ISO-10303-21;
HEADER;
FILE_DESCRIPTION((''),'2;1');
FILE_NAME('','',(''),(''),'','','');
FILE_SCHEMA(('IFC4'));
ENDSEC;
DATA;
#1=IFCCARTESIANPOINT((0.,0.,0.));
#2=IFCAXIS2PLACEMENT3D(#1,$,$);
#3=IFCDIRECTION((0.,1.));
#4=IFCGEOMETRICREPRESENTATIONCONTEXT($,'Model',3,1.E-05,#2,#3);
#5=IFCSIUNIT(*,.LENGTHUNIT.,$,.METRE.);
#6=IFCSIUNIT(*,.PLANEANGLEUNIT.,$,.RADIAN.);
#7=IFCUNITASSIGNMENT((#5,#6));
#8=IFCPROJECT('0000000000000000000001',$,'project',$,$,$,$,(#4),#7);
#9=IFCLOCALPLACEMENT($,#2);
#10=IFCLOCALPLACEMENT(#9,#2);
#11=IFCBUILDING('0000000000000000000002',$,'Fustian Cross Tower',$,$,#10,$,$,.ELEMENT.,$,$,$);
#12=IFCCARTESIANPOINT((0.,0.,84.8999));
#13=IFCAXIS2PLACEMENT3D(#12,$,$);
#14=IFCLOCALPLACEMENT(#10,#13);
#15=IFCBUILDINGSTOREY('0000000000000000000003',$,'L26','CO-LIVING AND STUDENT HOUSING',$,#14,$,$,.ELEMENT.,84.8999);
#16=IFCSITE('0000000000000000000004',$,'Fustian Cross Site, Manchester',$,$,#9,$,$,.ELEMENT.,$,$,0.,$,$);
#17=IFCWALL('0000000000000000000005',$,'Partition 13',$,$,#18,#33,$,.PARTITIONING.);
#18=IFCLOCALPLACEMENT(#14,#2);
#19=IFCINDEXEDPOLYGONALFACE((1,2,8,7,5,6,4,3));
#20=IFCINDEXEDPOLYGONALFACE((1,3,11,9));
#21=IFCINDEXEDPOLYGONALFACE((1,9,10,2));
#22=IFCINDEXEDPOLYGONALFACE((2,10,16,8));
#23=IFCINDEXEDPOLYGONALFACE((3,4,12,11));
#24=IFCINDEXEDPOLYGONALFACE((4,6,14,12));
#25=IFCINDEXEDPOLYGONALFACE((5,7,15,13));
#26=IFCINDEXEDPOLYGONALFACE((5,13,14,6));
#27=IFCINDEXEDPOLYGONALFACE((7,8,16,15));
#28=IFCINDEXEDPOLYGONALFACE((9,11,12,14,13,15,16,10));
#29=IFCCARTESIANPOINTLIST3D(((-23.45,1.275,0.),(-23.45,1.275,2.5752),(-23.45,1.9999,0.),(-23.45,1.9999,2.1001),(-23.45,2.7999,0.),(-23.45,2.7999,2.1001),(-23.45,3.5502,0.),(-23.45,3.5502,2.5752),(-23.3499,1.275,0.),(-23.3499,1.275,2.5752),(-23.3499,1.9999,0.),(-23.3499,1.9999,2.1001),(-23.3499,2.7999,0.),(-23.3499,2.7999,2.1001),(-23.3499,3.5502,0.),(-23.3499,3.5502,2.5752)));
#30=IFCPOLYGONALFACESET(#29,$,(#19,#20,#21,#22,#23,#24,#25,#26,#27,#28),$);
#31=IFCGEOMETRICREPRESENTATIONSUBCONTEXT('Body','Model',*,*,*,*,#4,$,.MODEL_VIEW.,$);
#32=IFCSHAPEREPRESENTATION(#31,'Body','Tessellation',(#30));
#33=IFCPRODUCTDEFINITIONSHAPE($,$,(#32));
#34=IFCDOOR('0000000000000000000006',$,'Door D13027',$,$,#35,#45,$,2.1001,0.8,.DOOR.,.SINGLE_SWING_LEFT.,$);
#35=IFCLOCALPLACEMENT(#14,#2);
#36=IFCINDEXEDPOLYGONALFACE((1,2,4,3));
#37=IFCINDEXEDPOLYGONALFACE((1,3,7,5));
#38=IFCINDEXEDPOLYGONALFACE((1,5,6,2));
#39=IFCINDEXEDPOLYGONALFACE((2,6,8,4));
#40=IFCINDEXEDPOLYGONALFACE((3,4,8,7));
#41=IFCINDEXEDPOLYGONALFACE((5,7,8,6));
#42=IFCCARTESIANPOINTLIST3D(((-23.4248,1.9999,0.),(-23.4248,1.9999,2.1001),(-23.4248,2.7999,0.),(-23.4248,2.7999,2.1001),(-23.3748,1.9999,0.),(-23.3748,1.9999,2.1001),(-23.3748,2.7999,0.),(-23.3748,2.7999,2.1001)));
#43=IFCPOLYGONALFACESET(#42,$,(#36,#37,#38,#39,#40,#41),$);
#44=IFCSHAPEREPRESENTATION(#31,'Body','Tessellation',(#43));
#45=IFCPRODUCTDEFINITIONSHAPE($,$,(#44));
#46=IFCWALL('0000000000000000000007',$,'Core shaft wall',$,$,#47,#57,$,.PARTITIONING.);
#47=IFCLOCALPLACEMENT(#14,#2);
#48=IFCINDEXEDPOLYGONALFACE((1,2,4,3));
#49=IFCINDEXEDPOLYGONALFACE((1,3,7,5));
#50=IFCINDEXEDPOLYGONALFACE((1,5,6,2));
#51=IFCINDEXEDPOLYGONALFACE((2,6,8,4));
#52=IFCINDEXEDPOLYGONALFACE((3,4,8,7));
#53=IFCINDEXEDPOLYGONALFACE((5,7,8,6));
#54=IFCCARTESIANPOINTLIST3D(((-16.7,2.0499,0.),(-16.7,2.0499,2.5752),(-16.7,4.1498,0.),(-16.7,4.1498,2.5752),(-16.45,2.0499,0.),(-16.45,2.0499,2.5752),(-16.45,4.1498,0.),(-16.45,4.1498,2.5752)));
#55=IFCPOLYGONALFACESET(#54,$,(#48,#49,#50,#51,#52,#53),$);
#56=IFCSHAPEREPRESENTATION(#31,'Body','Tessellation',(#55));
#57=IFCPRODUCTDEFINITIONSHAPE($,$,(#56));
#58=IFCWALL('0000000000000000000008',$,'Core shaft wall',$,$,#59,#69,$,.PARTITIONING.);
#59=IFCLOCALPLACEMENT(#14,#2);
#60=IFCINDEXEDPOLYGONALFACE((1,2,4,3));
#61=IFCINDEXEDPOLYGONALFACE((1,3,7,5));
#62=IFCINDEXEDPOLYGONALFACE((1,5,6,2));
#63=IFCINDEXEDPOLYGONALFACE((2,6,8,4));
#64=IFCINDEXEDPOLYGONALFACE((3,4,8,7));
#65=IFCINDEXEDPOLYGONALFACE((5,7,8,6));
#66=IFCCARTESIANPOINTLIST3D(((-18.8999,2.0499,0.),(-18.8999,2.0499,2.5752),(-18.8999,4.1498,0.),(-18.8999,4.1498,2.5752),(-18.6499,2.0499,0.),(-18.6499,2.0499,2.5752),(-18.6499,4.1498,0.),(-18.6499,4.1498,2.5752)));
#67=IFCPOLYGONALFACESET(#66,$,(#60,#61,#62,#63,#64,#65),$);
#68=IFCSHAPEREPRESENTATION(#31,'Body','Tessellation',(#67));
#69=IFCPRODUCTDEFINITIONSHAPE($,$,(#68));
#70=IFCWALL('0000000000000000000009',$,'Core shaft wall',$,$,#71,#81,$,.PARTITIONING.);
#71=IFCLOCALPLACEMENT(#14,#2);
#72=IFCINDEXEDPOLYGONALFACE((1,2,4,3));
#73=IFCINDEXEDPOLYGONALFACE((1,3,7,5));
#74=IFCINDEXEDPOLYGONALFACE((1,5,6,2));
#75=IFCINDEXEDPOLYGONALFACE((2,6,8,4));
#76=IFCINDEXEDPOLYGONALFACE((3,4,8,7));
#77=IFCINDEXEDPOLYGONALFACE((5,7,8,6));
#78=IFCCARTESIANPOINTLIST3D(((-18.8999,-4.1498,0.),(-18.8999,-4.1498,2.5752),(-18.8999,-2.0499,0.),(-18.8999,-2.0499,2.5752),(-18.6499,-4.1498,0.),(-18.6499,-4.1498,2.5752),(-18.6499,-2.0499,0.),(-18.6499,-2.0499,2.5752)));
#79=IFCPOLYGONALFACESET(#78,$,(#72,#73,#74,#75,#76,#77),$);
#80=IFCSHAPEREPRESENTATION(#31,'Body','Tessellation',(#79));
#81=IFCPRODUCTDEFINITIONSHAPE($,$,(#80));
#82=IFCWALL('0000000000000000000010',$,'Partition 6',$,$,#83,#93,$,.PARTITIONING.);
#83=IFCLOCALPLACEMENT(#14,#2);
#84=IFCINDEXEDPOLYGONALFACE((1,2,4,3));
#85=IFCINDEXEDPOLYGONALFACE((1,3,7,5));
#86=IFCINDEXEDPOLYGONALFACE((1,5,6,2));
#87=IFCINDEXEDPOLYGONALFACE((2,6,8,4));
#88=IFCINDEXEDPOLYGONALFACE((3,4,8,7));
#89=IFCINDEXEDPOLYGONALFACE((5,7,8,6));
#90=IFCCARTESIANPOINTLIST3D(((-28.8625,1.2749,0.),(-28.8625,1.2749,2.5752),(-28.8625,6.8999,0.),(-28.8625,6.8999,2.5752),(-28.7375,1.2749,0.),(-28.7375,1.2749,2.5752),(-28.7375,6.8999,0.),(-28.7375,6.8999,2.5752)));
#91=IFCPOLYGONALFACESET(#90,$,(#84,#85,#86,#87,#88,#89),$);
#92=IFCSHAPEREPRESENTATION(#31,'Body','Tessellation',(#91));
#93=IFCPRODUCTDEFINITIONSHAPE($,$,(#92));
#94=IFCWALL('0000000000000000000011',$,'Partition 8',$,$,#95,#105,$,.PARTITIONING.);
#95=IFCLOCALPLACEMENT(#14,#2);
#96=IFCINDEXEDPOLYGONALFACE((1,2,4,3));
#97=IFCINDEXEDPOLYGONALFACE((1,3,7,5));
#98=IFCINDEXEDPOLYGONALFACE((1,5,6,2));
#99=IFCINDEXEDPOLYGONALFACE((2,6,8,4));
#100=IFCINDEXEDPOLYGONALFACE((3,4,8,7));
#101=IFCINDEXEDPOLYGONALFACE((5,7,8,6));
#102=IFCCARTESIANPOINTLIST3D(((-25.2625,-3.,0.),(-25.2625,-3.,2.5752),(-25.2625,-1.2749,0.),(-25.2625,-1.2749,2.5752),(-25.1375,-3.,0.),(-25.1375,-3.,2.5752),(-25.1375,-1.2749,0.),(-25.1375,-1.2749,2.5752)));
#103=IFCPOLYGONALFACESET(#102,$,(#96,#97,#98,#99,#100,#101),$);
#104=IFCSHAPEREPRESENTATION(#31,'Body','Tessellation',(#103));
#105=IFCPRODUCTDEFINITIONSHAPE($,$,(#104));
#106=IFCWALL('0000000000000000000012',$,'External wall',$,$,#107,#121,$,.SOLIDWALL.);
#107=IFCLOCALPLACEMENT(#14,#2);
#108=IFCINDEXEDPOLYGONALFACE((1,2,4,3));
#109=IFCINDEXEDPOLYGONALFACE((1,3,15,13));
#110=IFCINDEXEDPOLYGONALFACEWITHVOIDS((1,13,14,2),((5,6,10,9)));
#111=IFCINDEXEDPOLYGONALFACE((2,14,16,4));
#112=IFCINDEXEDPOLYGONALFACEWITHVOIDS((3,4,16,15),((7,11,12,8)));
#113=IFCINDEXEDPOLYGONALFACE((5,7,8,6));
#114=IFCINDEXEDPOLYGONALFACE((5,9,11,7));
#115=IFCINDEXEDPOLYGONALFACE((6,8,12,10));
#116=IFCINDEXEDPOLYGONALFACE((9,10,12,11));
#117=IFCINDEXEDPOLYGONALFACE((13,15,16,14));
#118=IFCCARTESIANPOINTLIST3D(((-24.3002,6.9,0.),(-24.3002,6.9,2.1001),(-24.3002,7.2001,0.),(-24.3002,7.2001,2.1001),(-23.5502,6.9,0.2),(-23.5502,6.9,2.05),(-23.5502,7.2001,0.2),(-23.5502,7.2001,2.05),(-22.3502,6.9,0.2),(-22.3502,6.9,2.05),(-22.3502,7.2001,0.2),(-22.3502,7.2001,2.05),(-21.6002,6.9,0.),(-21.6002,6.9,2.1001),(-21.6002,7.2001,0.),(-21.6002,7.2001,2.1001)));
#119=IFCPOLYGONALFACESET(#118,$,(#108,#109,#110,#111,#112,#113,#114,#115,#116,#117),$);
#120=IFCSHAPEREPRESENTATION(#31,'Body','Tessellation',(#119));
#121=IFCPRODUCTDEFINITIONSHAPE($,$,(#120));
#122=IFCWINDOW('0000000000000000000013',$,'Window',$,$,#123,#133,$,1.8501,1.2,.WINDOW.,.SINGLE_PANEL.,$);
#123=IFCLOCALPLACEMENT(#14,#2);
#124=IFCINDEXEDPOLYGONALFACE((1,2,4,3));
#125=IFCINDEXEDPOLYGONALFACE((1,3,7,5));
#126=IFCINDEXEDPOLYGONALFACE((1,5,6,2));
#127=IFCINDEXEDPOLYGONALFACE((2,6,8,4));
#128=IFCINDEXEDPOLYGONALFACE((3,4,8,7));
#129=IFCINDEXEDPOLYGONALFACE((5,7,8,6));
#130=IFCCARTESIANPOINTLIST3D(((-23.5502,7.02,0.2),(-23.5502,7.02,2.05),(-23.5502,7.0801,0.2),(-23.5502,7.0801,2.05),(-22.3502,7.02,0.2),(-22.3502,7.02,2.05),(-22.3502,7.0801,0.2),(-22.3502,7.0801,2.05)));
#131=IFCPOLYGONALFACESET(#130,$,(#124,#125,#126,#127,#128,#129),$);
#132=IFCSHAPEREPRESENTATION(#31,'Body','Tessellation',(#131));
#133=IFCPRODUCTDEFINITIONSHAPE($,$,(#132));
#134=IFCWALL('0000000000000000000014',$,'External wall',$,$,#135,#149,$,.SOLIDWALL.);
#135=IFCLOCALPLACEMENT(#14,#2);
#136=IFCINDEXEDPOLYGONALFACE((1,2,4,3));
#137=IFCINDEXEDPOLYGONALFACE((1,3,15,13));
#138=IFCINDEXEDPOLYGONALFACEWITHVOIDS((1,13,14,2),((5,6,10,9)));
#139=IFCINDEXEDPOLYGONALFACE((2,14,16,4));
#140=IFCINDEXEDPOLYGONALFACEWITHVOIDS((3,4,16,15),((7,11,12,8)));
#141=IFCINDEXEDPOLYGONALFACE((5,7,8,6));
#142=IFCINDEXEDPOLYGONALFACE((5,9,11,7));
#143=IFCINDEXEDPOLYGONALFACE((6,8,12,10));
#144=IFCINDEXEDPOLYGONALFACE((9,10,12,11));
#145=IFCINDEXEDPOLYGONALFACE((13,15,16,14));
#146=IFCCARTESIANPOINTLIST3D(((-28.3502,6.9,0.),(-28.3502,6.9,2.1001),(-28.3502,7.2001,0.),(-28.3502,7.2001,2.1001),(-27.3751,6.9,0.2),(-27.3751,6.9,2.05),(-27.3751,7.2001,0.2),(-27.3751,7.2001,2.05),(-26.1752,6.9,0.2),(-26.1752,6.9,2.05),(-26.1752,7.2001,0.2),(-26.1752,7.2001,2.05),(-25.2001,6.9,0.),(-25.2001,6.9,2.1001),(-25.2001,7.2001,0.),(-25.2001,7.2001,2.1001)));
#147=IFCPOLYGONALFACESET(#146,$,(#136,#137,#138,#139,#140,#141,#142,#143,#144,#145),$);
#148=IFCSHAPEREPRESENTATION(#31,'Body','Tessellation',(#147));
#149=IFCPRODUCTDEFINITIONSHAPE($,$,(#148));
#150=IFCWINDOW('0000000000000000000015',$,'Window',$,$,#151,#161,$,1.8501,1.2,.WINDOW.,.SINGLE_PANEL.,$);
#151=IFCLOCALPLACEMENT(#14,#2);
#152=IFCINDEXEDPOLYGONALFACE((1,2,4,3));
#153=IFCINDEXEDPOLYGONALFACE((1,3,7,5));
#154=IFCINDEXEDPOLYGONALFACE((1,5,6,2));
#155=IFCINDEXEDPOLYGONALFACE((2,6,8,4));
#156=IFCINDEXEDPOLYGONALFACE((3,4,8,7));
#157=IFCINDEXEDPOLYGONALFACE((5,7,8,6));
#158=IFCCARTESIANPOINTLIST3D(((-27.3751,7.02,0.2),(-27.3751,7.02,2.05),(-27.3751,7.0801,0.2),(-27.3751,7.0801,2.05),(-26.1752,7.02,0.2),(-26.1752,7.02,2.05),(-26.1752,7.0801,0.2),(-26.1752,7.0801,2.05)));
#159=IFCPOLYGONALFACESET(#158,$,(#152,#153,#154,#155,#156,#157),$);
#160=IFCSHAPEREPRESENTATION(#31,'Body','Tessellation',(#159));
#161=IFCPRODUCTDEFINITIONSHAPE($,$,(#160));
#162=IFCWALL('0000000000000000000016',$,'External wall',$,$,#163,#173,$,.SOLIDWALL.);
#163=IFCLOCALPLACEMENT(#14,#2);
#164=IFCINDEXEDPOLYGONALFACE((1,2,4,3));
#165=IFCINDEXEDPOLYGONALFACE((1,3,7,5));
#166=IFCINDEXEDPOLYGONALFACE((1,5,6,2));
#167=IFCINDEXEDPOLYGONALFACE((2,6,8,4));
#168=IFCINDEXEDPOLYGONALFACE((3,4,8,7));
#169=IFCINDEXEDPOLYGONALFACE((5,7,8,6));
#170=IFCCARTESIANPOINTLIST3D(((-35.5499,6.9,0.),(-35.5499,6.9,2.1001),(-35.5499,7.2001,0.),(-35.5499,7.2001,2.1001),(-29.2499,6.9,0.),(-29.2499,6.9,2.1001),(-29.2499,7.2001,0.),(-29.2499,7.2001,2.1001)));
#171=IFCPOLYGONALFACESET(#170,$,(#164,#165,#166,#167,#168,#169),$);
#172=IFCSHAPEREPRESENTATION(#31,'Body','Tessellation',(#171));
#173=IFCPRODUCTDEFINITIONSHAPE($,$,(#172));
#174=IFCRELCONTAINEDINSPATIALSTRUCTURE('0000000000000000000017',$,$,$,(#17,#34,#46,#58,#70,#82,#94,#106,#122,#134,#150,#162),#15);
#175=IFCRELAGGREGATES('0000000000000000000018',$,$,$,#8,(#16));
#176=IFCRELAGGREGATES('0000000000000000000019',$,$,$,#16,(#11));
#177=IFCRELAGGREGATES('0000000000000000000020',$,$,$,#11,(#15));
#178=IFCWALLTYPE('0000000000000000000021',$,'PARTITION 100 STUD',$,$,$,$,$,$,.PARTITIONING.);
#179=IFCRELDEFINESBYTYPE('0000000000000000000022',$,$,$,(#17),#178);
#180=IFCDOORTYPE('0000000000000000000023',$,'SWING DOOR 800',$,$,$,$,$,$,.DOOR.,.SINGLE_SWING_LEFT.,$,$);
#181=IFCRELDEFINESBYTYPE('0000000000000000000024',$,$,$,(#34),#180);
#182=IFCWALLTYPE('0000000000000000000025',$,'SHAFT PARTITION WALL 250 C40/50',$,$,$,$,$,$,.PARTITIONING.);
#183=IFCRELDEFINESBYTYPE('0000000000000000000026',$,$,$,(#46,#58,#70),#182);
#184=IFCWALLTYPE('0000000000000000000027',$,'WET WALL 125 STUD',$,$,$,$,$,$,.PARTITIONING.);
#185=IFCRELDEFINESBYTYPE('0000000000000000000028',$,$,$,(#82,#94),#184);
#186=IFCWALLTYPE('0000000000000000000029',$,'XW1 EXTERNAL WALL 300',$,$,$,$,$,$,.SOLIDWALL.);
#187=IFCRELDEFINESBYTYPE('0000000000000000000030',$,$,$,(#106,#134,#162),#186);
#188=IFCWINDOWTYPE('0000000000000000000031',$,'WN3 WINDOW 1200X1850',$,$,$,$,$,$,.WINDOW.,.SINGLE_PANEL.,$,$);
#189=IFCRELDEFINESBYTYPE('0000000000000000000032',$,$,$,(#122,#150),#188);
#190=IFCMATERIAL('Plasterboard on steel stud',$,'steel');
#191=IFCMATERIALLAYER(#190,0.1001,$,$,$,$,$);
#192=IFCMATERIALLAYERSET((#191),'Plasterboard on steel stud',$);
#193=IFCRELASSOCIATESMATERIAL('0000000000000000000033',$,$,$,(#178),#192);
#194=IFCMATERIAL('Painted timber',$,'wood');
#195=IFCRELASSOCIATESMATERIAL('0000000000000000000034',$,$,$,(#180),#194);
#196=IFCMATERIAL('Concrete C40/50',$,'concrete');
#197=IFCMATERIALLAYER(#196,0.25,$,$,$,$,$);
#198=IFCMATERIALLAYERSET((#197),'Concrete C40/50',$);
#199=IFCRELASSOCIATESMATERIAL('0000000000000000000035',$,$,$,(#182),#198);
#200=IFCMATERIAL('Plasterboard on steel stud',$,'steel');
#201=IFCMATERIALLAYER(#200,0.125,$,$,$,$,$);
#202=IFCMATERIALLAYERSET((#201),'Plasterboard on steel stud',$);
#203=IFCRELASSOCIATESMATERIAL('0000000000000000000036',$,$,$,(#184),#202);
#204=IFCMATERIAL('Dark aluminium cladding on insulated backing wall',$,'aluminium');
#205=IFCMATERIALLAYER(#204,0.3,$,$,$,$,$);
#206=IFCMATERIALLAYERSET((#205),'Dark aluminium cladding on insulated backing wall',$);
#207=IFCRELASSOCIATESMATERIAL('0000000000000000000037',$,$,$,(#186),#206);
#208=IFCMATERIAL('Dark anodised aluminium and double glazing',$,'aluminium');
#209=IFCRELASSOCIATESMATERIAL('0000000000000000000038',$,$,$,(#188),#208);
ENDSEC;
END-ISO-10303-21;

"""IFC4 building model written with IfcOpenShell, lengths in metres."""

from ifc_helpers import new_model, si_unit, direction, frame, frame_2d, origin, place, context, subcontext, project, spatial, rectangle, extrude, material, layer, layer_set, type_object, element, fill, save


model = new_model("IFC4")

# Units and contexts
model_context = context("Model", 3, precision=1e-05, world=origin(), true_north=direction((0.0, 1.0)))
body_context = subcontext(model_context, "Body", "Model", "MODEL_VIEW")
ifc_project = project(units=[si_unit("LENGTHUNIT", "METRE"), si_unit("PLANEANGLEUNIT", "RADIAN")], contexts=[model_context])

# Site, building, storey
site_placement = place(None, origin())
site = spatial("IfcSite", under=ifc_project, at=site_placement, Name="Fustian Cross Site, Manchester", CompositionType="ELEMENT", RefElevation=0.0)
building_placement = place(site_placement, origin())
building = spatial("IfcBuilding", under=site, at=building_placement, Name="Fustian Cross Tower", CompositionType="ELEMENT")
storey_placement = place(building_placement, frame((0.0, 0.0, 84.8999)))
storey = spatial("IfcBuildingStorey", under=building, at=storey_placement, Name="L26", Description="CO-LIVING AND STUDENT HOUSING", CompositionType="ELEMENT", Elevation=84.8999)

# Shared definitions
ifc_material_1 = material(Name="Plasterboard on steel stud", Category="steel")
ifc_layer_1 = layer(ifc_material_1, 0.1001)
ifc_layer_set_1 = layer_set([ifc_layer_1], Name="Plasterboard on steel stud")
wall_type_1 = type_object("IfcWallType", Name="PARTITION 100 STUD", PredefinedType="PARTITIONING", material=ifc_layer_set_1)
ifc_material_2 = material(Name="Painted timber", Category="wood")
door_type_1 = type_object("IfcDoorType", Name="SWING DOOR 800", OperationType="SINGLE_SWING_LEFT", PredefinedType="DOOR", material=ifc_material_2)

# Wall, opening, door
wall_1_placement = place(storey_placement, frame((-23.3999, 1.2749, 0.0), z_axis=(0.0, 0.0, 1.0), x_axis=(0.0, 1.0, 0.0)))
wall_1 = element("IfcWall", 1, at=wall_1_placement, inside=storey, type_object=wall_type_1, Name="Partition 13", PredefinedType="PARTITIONING", context=body_context, shape_type="SweptSolid", body=[
    extrude(rectangle(XDim=2.2751, YDim=0.1001, at=frame_2d((1.1377, 0.0))), origin(), (0.0, 0.0, 1.0), 2.5752),
])
opening_1_placement = place(wall_1_placement, frame((0.7251, 0.0, 0.0)))
opening_1 = element("IfcOpeningElement", 2, at=opening_1_placement, cuts=wall_1, PredefinedType="OPENING", context=body_context, shape_type="SweptSolid", body=[
    extrude(rectangle(XDim=0.8, YDim=2.1001, at=frame_2d((0.3999, 1.05))), frame((0.0, 0.0601, 0.0), z_axis=(0.0, -1.0, 0.0), x_axis=(1.0, 0.0, 0.0)), (0.0, 0.0, 1.0), 0.1201),
])
door_1_placement = place(opening_1_placement, origin())
door_1 = element("IfcDoor", 3, at=door_1_placement, inside=storey, type_object=door_type_1, Name="Door D13027", OperationType="SINGLE_SWING_LEFT", OverallHeight=2.1001, OverallWidth=0.8, PredefinedType="DOOR", context=body_context, shape_type="SweptSolid", body=[
    extrude(rectangle(XDim=0.8, YDim=2.1001, at=frame_2d((0.3999, 1.05))), frame((0.0, 0.0249, 0.0), z_axis=(0.0, -1.0, 0.0), x_axis=(1.0, 0.0, 0.0)), (0.0, 0.0, 1.0), 0.05),
])
fill(opening_1, door_1)

# Walls
ifc_material_3 = material(Name="Concrete C40/50", Category="concrete")
ifc_layer_2 = layer(ifc_material_3, 0.25)
ifc_layer_set_2 = layer_set([ifc_layer_2], Name="Concrete C40/50")
wall_type_2 = type_object("IfcWallType", Name="SHAFT PARTITION WALL 250 C40/50", PredefinedType="PARTITIONING", material=ifc_layer_set_2)
for number, where, z_axis, x_axis, name in (
    (4, (-16.575, 2.05, 0.0), (0.0, 0.0, 1.0), (0.0, 1.0, 0.0), "Core shaft wall"),
    (5, (-18.7749, 2.05, 0.0), (0.0, 0.0, 1.0), (0.0, 1.0, 0.0), "Core shaft wall"),
    (6, (-18.7749, -2.05, 0.0), (0.0, 0.0, 1.0), (0.0, -1.0, 0.0), "Core shaft wall"),
):
    element("IfcWall", number, at=place(storey_placement, frame(where, z_axis=z_axis, x_axis=x_axis)), inside=storey, type_object=wall_type_2, Name=name, PredefinedType="PARTITIONING", context=body_context, shape_type="SweptSolid", body=[
        extrude(rectangle(XDim=2.0999, YDim=0.25, at=frame_2d((1.0498, 0.0))), origin(), (0.0, 0.0, 1.0), 2.5752),
    ])
ifc_material_4 = material(Name="Plasterboard on steel stud", Category="steel")
ifc_layer_3 = layer(ifc_material_4, 0.125)
ifc_layer_set_3 = layer_set([ifc_layer_3], Name="Plasterboard on steel stud")
wall_type_3 = type_object("IfcWallType", Name="WET WALL 125 STUD", PredefinedType="PARTITIONING", material=ifc_layer_set_3)
wall_2_placement = place(storey_placement, frame((-28.8, 1.2749, 0.0), z_axis=(0.0, 0.0, 1.0), x_axis=(0.0, 1.0, 0.0)))
element("IfcWall", 7, at=wall_2_placement, inside=storey, type_object=wall_type_3, Name="Partition 6", PredefinedType="PARTITIONING", context=body_context, shape_type="SweptSolid", body=[
    extrude(rectangle(XDim=5.625, YDim=0.125, at=frame_2d((2.8125, 0.0))), origin(), (0.0, 0.0, 1.0), 2.5752),
])
wall_3_placement = place(storey_placement, frame((-25.2, -3.0, 0.0), z_axis=(0.0, 0.0, 1.0), x_axis=(0.0, 1.0, 0.0)))
element("IfcWall", 8, at=wall_3_placement, inside=storey, type_object=wall_type_3, Name="Partition 8", PredefinedType="PARTITIONING", context=body_context, shape_type="SweptSolid", body=[
    extrude(rectangle(XDim=1.7251, YDim=0.125, at=frame_2d((0.8625, 0.0))), origin(), (0.0, 0.0, 1.0), 2.5752),
])

# Walls, openings, windows
ifc_material_5 = material(Name="Dark aluminium cladding on insulated backing wall", Category="aluminium")
ifc_layer_4 = layer(ifc_material_5, 0.3)
ifc_layer_set_4 = layer_set([ifc_layer_4], Name="Dark aluminium cladding on insulated backing wall")
wall_type_4 = type_object("IfcWallType", Name="XW1 EXTERNAL WALL 300", PredefinedType="SOLIDWALL", material=ifc_layer_set_4)
wall_4_placement = place(storey_placement, frame((-21.6001, 7.05, 0.0), z_axis=(0.0, 0.0, 1.0), x_axis=(-1.0, 0.0, 0.0)))
wall_4 = element("IfcWall", 9, at=wall_4_placement, inside=storey, type_object=wall_type_4, Name="External wall", PredefinedType="SOLIDWALL", context=body_context, shape_type="SweptSolid", body=[
    extrude(rectangle(XDim=2.7, YDim=0.3, at=frame_2d((1.3501, 0.0))), origin(), (0.0, 0.0, 1.0), 2.1001),
])
opening_2_placement = place(wall_4_placement, frame((0.75, 0.0, 0.2)))
opening_2 = element("IfcOpeningElement", 10, at=opening_2_placement, cuts=wall_4, PredefinedType="OPENING", context=body_context, shape_type="SweptSolid", body=[
    extrude(rectangle(XDim=1.2, YDim=1.8501, at=frame_2d((0.6001, 0.925))), frame((0.0, 0.1599, 0.0), z_axis=(0.0, -1.0, 0.0), x_axis=(1.0, 0.0, 0.0)), (0.0, 0.0, 1.0), 0.3201),
])
ifc_material_6 = material(Name="Dark anodised aluminium and double glazing", Category="aluminium")
window_type = type_object("IfcWindowType", Name="WN3 WINDOW 1200X1850", PartitioningType="SINGLE_PANEL", PredefinedType="WINDOW", material=ifc_material_6)
window_1_placement = place(opening_2_placement, origin())
window_1 = element("IfcWindow", 11, at=window_1_placement, inside=storey, type_object=window_type, Name="Window", OverallHeight=1.8501, OverallWidth=1.2, PartitioningType="SINGLE_PANEL", PredefinedType="WINDOW", context=body_context, shape_type="SweptSolid", body=[
    extrude(rectangle(XDim=1.2, YDim=1.8501, at=frame_2d((0.6001, 0.925))), frame((0.0, 0.03, 0.0), z_axis=(0.0, -1.0, 0.0), x_axis=(1.0, 0.0, 0.0)), (0.0, 0.0, 1.0), 0.0601),
])
fill(opening_2, window_1)
wall_5_placement = place(storey_placement, frame((-25.2, 7.05, 0.0), z_axis=(0.0, 0.0, 1.0), x_axis=(-1.0, 0.0, 0.0)))
wall_5 = element("IfcWall", 12, at=wall_5_placement, inside=storey, type_object=wall_type_4, Name="External wall", PredefinedType="SOLIDWALL", context=body_context, shape_type="SweptSolid", body=[
    extrude(rectangle(XDim=3.1501, YDim=0.3, at=frame_2d((1.5752, 0.0))), origin(), (0.0, 0.0, 1.0), 2.1001),
])
opening_3_placement = place(wall_5_placement, frame((0.9751, 0.0, 0.2)))
opening_3 = element("IfcOpeningElement", 13, at=opening_3_placement, cuts=wall_5, PredefinedType="OPENING", context=body_context, shape_type="SweptSolid", body=[
    extrude(rectangle(XDim=1.2, YDim=1.8501, at=frame_2d((0.6001, 0.925))), frame((0.0, 0.1599, 0.0), z_axis=(0.0, -1.0, 0.0), x_axis=(1.0, 0.0, 0.0)), (0.0, 0.0, 1.0), 0.3201),
])
window_2_placement = place(opening_3_placement, origin())
window_2 = element("IfcWindow", 14, at=window_2_placement, inside=storey, type_object=window_type, Name="Window", OverallHeight=1.8501, OverallWidth=1.2, PartitioningType="SINGLE_PANEL", PredefinedType="WINDOW", context=body_context, shape_type="SweptSolid", body=[
    extrude(rectangle(XDim=1.2, YDim=1.8501, at=frame_2d((0.6001, 0.925))), frame((0.0, 0.03, 0.0), z_axis=(0.0, -1.0, 0.0), x_axis=(1.0, 0.0, 0.0)), (0.0, 0.0, 1.0), 0.0601),
])
fill(opening_3, window_2)

# Wall
wall_6_placement = place(storey_placement, frame((-29.25, 7.05, 0.0), z_axis=(0.0, 0.0, 1.0), x_axis=(-1.0, 0.0, 0.0)))
element("IfcWall", 15, at=wall_6_placement, inside=storey, type_object=wall_type_4, Name="External wall", PredefinedType="SOLIDWALL", context=body_context, shape_type="SweptSolid", body=[
    extrude(rectangle(XDim=6.3, YDim=0.3, at=frame_2d((3.1499, 0.0))), origin(), (0.0, 0.0, 1.0), 2.1001),
])

save(model, "model.ifc")
